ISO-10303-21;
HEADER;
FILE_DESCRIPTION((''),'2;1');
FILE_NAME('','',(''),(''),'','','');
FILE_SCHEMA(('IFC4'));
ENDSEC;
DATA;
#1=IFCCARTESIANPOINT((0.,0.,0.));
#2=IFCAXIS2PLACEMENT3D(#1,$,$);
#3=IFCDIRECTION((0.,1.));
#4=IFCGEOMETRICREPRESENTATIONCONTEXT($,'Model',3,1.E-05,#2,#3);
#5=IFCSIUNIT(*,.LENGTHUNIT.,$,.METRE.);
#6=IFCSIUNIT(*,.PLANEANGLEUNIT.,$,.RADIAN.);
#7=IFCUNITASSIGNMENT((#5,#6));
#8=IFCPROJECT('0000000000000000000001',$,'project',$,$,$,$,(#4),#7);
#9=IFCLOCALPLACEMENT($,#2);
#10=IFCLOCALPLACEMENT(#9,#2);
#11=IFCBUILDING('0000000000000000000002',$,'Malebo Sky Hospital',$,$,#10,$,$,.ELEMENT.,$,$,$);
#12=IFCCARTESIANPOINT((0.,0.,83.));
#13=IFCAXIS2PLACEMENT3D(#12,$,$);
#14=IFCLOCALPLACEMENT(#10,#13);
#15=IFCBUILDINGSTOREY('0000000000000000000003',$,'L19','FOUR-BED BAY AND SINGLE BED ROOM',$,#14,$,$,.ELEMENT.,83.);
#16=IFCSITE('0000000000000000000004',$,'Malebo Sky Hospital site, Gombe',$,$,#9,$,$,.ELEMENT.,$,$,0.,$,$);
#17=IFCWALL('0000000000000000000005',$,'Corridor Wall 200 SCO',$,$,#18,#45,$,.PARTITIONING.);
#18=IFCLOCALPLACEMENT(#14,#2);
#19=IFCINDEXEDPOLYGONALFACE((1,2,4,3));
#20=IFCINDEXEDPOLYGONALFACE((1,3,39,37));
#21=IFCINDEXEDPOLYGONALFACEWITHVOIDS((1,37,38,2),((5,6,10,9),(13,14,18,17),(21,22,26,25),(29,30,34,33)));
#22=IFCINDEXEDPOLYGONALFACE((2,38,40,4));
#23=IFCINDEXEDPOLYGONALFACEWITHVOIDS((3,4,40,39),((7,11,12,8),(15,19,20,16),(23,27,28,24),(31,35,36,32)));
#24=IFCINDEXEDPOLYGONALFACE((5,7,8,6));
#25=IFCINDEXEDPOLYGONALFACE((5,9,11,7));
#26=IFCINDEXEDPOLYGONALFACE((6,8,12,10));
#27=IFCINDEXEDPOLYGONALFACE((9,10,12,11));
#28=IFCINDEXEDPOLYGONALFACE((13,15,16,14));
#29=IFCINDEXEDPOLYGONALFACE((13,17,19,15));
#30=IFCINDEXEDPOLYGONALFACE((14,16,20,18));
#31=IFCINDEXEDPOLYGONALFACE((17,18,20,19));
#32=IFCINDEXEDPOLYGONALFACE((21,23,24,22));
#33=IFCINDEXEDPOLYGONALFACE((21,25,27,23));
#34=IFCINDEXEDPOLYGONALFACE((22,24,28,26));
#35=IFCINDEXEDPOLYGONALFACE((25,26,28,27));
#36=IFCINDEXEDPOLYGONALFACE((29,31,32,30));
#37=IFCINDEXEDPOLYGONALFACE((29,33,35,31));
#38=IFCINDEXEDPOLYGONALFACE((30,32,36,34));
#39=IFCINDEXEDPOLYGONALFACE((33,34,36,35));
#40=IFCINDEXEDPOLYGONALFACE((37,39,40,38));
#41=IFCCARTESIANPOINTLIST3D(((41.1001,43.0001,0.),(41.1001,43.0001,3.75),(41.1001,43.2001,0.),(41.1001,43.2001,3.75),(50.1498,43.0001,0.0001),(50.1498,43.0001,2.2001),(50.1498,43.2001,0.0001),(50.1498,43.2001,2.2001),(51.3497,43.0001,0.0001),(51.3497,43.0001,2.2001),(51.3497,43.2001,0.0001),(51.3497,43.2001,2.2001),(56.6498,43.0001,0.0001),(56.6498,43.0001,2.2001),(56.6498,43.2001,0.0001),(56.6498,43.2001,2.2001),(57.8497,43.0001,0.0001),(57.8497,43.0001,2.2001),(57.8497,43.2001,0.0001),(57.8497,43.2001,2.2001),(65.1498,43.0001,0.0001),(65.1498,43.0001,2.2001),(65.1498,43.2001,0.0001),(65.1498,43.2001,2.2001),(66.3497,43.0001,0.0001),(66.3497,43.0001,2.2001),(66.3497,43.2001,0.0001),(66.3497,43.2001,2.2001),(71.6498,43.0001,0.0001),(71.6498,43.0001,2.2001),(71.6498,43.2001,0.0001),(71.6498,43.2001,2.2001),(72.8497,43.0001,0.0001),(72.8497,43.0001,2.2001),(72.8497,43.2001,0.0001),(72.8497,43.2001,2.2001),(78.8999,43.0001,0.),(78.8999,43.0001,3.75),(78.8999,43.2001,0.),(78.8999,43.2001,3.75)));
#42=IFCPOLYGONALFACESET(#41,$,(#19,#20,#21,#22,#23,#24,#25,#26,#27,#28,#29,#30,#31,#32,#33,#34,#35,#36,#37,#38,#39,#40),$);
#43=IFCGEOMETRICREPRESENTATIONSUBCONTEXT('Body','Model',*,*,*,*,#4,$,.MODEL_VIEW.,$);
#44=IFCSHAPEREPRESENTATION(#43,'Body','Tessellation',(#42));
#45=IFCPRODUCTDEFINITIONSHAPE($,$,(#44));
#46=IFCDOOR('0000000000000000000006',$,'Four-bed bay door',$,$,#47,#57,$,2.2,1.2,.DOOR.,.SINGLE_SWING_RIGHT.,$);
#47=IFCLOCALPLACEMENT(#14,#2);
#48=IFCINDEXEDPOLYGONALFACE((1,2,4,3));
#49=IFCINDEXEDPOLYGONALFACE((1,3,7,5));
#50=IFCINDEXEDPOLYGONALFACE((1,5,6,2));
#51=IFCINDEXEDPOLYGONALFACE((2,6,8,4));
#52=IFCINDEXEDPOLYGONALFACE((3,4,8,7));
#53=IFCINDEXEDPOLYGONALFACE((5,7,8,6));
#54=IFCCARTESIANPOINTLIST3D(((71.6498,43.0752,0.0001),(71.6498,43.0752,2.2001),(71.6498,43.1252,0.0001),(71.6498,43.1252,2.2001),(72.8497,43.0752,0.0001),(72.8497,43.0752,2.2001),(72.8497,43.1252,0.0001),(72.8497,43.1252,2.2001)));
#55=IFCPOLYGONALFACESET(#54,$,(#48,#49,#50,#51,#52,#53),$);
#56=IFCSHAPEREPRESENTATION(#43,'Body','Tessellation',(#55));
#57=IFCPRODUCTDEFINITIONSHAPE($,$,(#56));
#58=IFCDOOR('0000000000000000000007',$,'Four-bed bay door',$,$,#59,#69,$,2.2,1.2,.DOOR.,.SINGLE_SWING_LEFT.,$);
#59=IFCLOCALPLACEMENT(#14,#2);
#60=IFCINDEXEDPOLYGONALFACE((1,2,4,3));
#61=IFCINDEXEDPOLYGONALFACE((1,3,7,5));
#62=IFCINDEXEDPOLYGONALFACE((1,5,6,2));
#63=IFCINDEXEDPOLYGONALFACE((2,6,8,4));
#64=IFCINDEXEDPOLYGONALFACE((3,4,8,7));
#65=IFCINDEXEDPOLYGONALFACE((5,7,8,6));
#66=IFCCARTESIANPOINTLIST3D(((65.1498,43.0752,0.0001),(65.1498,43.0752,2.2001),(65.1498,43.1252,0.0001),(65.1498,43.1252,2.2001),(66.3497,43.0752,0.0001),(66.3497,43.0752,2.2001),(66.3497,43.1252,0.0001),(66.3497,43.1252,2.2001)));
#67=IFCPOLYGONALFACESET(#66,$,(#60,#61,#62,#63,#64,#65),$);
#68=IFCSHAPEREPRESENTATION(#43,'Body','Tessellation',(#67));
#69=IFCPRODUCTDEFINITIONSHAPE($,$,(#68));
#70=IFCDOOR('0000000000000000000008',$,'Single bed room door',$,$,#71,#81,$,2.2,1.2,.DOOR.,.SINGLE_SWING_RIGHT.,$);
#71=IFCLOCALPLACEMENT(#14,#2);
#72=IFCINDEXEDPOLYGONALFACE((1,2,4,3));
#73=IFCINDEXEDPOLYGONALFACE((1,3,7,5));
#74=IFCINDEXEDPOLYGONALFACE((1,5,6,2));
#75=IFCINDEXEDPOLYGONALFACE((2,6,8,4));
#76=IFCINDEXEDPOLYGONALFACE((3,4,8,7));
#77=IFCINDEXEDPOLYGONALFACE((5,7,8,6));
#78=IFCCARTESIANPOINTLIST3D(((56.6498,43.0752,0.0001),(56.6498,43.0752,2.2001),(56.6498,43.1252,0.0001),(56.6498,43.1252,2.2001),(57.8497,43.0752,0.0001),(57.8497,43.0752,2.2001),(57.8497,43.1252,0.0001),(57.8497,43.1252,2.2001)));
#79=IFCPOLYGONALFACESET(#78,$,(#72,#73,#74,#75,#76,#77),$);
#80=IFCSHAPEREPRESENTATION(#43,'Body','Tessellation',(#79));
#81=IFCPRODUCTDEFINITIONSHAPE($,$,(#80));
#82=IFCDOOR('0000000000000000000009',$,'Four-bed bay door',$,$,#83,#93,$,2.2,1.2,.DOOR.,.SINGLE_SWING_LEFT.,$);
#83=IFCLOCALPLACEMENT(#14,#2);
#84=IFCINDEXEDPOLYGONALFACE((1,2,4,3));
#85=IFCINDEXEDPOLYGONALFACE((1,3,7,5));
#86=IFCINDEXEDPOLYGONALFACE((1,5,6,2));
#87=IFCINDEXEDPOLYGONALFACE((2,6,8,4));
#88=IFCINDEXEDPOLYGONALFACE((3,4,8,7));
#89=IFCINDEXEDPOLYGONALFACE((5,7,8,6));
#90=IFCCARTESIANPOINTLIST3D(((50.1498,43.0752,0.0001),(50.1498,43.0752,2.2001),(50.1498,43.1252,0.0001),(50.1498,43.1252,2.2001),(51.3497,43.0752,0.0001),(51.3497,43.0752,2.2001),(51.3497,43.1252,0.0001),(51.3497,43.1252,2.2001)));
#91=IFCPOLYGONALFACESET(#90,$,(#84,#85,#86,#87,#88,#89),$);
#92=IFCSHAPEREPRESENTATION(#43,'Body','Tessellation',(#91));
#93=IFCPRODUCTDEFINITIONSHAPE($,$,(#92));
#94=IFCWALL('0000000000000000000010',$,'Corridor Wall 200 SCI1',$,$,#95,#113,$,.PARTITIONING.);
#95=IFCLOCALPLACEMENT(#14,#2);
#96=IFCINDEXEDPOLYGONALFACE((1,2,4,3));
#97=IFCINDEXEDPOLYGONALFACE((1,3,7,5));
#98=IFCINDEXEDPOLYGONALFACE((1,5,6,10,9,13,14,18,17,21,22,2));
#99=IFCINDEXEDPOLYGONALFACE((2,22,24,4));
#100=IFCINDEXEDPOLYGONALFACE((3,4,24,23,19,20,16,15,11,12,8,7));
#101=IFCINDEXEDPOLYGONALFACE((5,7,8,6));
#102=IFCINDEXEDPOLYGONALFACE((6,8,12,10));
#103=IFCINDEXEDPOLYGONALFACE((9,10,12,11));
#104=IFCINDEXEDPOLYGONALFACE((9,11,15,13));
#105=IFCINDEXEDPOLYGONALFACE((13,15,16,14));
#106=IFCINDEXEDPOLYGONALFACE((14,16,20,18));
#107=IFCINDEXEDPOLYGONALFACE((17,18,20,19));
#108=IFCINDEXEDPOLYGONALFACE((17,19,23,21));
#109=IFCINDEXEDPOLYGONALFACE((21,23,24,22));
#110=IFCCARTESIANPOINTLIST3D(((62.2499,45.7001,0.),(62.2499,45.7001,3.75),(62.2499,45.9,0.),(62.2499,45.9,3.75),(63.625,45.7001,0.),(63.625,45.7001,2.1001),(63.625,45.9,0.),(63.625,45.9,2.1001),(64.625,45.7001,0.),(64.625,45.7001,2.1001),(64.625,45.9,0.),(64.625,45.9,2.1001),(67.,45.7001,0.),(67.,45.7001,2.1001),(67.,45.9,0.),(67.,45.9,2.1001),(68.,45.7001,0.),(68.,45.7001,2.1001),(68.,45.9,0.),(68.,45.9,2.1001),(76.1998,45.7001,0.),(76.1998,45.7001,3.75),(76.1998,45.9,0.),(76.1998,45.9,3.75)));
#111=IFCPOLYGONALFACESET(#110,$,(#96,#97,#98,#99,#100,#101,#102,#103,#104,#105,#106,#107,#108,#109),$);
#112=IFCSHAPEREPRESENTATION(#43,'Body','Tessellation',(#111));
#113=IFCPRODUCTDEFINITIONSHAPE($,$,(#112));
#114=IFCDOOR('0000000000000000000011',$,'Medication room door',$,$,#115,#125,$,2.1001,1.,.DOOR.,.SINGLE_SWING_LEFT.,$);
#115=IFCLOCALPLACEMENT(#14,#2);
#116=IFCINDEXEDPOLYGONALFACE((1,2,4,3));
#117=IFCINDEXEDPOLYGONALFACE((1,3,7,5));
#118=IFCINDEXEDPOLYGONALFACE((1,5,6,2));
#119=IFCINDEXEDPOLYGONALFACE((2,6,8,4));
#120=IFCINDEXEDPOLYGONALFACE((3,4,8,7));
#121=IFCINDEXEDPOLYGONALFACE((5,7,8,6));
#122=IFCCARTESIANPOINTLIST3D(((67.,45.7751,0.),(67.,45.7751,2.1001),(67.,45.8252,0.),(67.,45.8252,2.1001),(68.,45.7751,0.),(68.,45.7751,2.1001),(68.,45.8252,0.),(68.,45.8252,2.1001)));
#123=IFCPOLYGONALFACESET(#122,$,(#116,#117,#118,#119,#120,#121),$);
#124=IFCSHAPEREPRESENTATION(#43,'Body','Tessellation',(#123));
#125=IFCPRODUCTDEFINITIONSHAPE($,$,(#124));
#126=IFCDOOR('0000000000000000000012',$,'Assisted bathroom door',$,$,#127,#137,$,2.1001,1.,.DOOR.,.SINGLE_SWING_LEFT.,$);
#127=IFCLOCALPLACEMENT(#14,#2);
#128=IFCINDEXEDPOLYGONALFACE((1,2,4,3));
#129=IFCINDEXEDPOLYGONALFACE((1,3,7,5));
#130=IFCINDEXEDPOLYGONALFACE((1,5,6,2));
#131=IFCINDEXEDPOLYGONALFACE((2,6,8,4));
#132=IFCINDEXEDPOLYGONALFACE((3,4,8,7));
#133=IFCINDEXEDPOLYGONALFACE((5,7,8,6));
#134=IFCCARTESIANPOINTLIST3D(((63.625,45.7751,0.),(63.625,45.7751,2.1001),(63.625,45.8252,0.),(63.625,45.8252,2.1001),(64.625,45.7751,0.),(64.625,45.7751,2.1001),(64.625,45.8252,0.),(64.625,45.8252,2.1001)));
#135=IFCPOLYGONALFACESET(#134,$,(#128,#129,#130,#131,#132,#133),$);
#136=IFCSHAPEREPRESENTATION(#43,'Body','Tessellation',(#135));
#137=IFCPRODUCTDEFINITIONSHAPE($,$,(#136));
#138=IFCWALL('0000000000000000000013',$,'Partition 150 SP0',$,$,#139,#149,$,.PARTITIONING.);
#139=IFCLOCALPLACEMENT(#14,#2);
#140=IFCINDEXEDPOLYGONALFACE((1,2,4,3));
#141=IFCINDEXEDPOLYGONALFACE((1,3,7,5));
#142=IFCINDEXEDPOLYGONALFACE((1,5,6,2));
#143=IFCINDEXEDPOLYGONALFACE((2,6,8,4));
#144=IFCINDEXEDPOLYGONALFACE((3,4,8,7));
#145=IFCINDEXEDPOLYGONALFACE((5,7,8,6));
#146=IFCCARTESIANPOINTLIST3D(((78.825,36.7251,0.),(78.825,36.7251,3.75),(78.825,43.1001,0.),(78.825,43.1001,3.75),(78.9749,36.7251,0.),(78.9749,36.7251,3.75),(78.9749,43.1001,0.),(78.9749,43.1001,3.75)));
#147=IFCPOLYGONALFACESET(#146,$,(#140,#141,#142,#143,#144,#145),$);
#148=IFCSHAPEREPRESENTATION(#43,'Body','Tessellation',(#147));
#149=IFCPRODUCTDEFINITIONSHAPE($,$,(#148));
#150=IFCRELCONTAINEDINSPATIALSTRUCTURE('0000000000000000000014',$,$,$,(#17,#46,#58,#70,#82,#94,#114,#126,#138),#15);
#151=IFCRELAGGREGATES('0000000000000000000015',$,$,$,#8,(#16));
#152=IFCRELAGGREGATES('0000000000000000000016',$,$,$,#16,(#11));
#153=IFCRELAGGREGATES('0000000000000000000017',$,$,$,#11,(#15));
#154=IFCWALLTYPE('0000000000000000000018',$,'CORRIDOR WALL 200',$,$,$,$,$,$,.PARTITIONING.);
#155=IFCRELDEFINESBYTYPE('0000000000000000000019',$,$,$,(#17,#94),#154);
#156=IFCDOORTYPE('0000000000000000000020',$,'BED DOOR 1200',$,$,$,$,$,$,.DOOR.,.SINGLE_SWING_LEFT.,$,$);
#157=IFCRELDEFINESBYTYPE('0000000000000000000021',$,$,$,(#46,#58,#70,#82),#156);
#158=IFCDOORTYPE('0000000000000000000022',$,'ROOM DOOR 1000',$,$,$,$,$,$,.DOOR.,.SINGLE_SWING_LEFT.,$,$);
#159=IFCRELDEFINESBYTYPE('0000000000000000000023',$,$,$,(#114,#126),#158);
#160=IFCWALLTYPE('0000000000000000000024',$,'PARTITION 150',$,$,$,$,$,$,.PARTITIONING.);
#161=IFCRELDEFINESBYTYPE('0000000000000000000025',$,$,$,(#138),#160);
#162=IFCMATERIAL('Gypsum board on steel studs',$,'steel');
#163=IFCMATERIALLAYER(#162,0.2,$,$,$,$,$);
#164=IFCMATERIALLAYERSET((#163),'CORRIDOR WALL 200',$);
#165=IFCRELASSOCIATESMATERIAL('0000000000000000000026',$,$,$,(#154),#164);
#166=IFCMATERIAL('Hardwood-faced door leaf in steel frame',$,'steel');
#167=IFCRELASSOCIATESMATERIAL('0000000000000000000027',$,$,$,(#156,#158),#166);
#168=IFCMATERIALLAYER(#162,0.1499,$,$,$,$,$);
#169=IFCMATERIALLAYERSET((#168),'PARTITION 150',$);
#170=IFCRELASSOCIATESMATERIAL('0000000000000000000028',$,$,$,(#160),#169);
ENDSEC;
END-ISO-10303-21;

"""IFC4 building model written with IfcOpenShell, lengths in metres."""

from ifc_helpers import new_model, si_unit, direction, frame, frame_2d, origin, place, context, subcontext, project, spatial, rectangle, extrude, material, layer, layer_set, type_object, element, fill, save


model = new_model("IFC4")

# Units and contexts
model_context = context("Model", 3, precision=1e-05, world=origin(), true_north=direction((0.0, 1.0)))
body_context = subcontext(model_context, "Body", "Model", "MODEL_VIEW")
ifc_project = project(units=[si_unit("LENGTHUNIT", "METRE"), si_unit("PLANEANGLEUNIT", "RADIAN")], contexts=[model_context])

# Site, building, storey
site_placement = place(None, origin())
site = spatial("IfcSite", under=ifc_project, at=site_placement, Name="Malebo Sky Hospital site, Gombe", CompositionType="ELEMENT", RefElevation=0.0)
building_placement = place(site_placement, origin())
building = spatial("IfcBuilding", under=site, at=building_placement, Name="Malebo Sky Hospital", CompositionType="ELEMENT")
storey_placement = place(building_placement, frame((0.0, 0.0, 83.0)))
storey = spatial("IfcBuildingStorey", under=building, at=storey_placement, Name="L19", Description="FOUR-BED BAY AND SINGLE BED ROOM", CompositionType="ELEMENT", Elevation=83.0)

# Walls, openings, doors
ifc_material_1 = material(Name="Gypsum board on steel studs", Category="steel")
ifc_layer_1 = layer(ifc_material_1, 0.2)
ifc_layer_set_1 = layer_set([ifc_layer_1], Name="CORRIDOR WALL 200")
wall_type_1 = type_object("IfcWallType", Name="CORRIDOR WALL 200", PredefinedType="PARTITIONING", material=ifc_layer_set_1)
wall_1_placement = place(storey_placement, frame((78.8999, 43.1001, 0.0), z_axis=(0.0, 0.0, 1.0), x_axis=(-1.0, 0.0, 0.0)))
wall_1 = element("IfcWall", 1, at=wall_1_placement, inside=storey, type_object=wall_type_1, Name="Corridor Wall 200 SCO", PredefinedType="PARTITIONING", context=body_context, shape_type="SweptSolid", body=[
    extrude(rectangle(XDim=37.7998, YDim=0.2, at=frame_2d((18.8999, 0.0))), origin(), (0.0, 0.0, 1.0), 3.75),
])
opening_1_placement = place(wall_1_placement, frame((6.05, 0.0, 0.0)))
opening_1 = element("IfcOpeningElement", 2, at=opening_1_placement, cuts=wall_1, PredefinedType="OPENING", context=body_context, shape_type="SweptSolid", body=[
    extrude(rectangle(XDim=1.2, YDim=2.2, at=frame_2d((0.6001, 1.1001))), frame((0.0, 0.1099, 0.0), z_axis=(0.0, -1.0, 0.0), x_axis=(1.0, 0.0, 0.0)), (0.0, 0.0, 1.0), 0.22),
])
opening_2_placement = place(wall_1_placement, frame((12.55, 0.0, 0.0)))
opening_2 = element("IfcOpeningElement", 3, at=opening_2_placement, cuts=wall_1, PredefinedType="OPENING", context=body_context, shape_type="SweptSolid", body=[
    extrude(rectangle(XDim=1.2, YDim=2.2, at=frame_2d((0.6001, 1.1001))), frame((0.0, 0.1099, 0.0), z_axis=(0.0, -1.0, 0.0), x_axis=(1.0, 0.0, 0.0)), (0.0, 0.0, 1.0), 0.22),
])
opening_3_placement = place(wall_1_placement, frame((21.05, 0.0, 0.0)))
opening_3 = element("IfcOpeningElement", 4, at=opening_3_placement, cuts=wall_1, PredefinedType="OPENING", context=body_context, shape_type="SweptSolid", body=[
    extrude(rectangle(XDim=1.2, YDim=2.2, at=frame_2d((0.6001, 1.1001))), frame((0.0, 0.1099, 0.0), z_axis=(0.0, -1.0, 0.0), x_axis=(1.0, 0.0, 0.0)), (0.0, 0.0, 1.0), 0.22),
])
opening_4_placement = place(wall_1_placement, frame((27.55, 0.0, 0.0)))
opening_4 = element("IfcOpeningElement", 5, at=opening_4_placement, cuts=wall_1, PredefinedType="OPENING", context=body_context, shape_type="SweptSolid", body=[
    extrude(rectangle(XDim=1.2, YDim=2.2, at=frame_2d((0.6001, 1.1001))), frame((0.0, 0.1099, 0.0), z_axis=(0.0, -1.0, 0.0), x_axis=(1.0, 0.0, 0.0)), (0.0, 0.0, 1.0), 0.22),
])
ifc_material_2 = material(Name="Hardwood-faced door leaf in steel frame", Category="steel")
door_type_1 = type_object("IfcDoorType", Name="BED DOOR 1200", OperationType="SINGLE_SWING_LEFT", PredefinedType="DOOR", material=ifc_material_2)
door_1_placement = place(opening_1_placement, origin())
door_1 = element("IfcDoor", 6, at=door_1_placement, inside=storey, type_object=door_type_1, Name="Four-bed bay door", OperationType="SINGLE_SWING_RIGHT", OverallHeight=2.2, OverallWidth=1.2, PredefinedType="DOOR", context=body_context, shape_type="SweptSolid", body=[
    extrude(rectangle(XDim=1.2, YDim=2.2, at=frame_2d((0.6001, 1.1001))), frame((0.0, 0.0249, 0.0), z_axis=(0.0, -1.0, 0.0), x_axis=(1.0, 0.0, 0.0)), (0.0, 0.0, 1.0), 0.05),
])
fill(opening_1, door_1)
door_2_placement = place(opening_2_placement, origin())
door_2 = element("IfcDoor", 7, at=door_2_placement, inside=storey, type_object=door_type_1, Name="Four-bed bay door", OperationType="SINGLE_SWING_LEFT", OverallHeight=2.2, OverallWidth=1.2, PredefinedType="DOOR", context=body_context, shape_type="SweptSolid", body=[
    extrude(rectangle(XDim=1.2, YDim=2.2, at=frame_2d((0.6001, 1.1001))), frame((0.0, 0.0249, 0.0), z_axis=(0.0, -1.0, 0.0), x_axis=(1.0, 0.0, 0.0)), (0.0, 0.0, 1.0), 0.05),
])
fill(opening_2, door_2)
door_3_placement = place(opening_3_placement, origin())
door_3 = element("IfcDoor", 8, at=door_3_placement, inside=storey, type_object=door_type_1, Name="Single bed room door", OperationType="SINGLE_SWING_RIGHT", OverallHeight=2.2, OverallWidth=1.2, PredefinedType="DOOR", context=body_context, shape_type="SweptSolid", body=[
    extrude(rectangle(XDim=1.2, YDim=2.2, at=frame_2d((0.6001, 1.1001))), frame((0.0, 0.0249, 0.0), z_axis=(0.0, -1.0, 0.0), x_axis=(1.0, 0.0, 0.0)), (0.0, 0.0, 1.0), 0.05),
])
fill(opening_3, door_3)
door_4_placement = place(opening_4_placement, origin())
door_4 = element("IfcDoor", 9, at=door_4_placement, inside=storey, type_object=door_type_1, Name="Four-bed bay door", OperationType="SINGLE_SWING_LEFT", OverallHeight=2.2, OverallWidth=1.2, PredefinedType="DOOR", context=body_context, shape_type="SweptSolid", body=[
    extrude(rectangle(XDim=1.2, YDim=2.2, at=frame_2d((0.6001, 1.1001))), frame((0.0, 0.0249, 0.0), z_axis=(0.0, -1.0, 0.0), x_axis=(1.0, 0.0, 0.0)), (0.0, 0.0, 1.0), 0.05),
])
fill(opening_4, door_4)
wall_2_placement = place(storey_placement, frame((76.2, 45.8, 0.0), z_axis=(0.0, 0.0, 1.0), x_axis=(-1.0, 0.0, 0.0)))
wall_2 = element("IfcWall", 10, at=wall_2_placement, inside=storey, type_object=wall_type_1, Name="Corridor Wall 200 SCI1", PredefinedType="PARTITIONING", context=body_context, shape_type="SweptSolid", body=[
    extrude(rectangle(XDim=13.95, YDim=0.2, at=frame_2d((6.9751, 0.0))), origin(), (0.0, 0.0, 1.0), 3.75),
])
opening_5_placement = place(wall_2_placement, frame((8.2, 0.0, 0.0)))
opening_5 = element("IfcOpeningElement", 11, at=opening_5_placement, cuts=wall_2, PredefinedType="OPENING", context=body_context, shape_type="SweptSolid", body=[
    extrude(rectangle(XDim=1.0, YDim=2.1001, at=frame_2d((0.5, 1.05))), frame((0.0, 0.1099, 0.0), z_axis=(0.0, -1.0, 0.0), x_axis=(1.0, 0.0, 0.0)), (0.0, 0.0, 1.0), 0.22),
])
opening_6_placement = place(wall_2_placement, frame((11.575, 0.0, 0.0)))
opening_6 = element("IfcOpeningElement", 12, at=opening_6_placement, cuts=wall_2, PredefinedType="OPENING", context=body_context, shape_type="SweptSolid", body=[
    extrude(rectangle(XDim=1.0, YDim=2.1001, at=frame_2d((0.5, 1.05))), frame((0.0, 0.1099, 0.0), z_axis=(0.0, -1.0, 0.0), x_axis=(1.0, 0.0, 0.0)), (0.0, 0.0, 1.0), 0.22),
])
door_type_2 = type_object("IfcDoorType", Name="ROOM DOOR 1000", OperationType="SINGLE_SWING_LEFT", PredefinedType="DOOR", material=ifc_material_2)
door_5_placement = place(opening_5_placement, origin())
door_5 = element("IfcDoor", 13, at=door_5_placement, inside=storey, type_object=door_type_2, Name="Medication room door", OperationType="SINGLE_SWING_LEFT", OverallHeight=2.1001, OverallWidth=1.0, PredefinedType="DOOR", context=body_context, shape_type="SweptSolid", body=[
    extrude(rectangle(XDim=1.0, YDim=2.1001, at=frame_2d((0.5, 1.05))), frame((0.0, 0.0249, 0.0), z_axis=(0.0, -1.0, 0.0), x_axis=(1.0, 0.0, 0.0)), (0.0, 0.0, 1.0), 0.05),
])
fill(opening_5, door_5)
door_6_placement = place(opening_6_placement, origin())
door_6 = element("IfcDoor", 14, at=door_6_placement, inside=storey, type_object=door_type_2, Name="Assisted bathroom door", OperationType="SINGLE_SWING_LEFT", OverallHeight=2.1001, OverallWidth=1.0, PredefinedType="DOOR", context=body_context, shape_type="SweptSolid", body=[
    extrude(rectangle(XDim=1.0, YDim=2.1001, at=frame_2d((0.5, 1.05))), frame((0.0, 0.0249, 0.0), z_axis=(0.0, -1.0, 0.0), x_axis=(1.0, 0.0, 0.0)), (0.0, 0.0, 1.0), 0.05),
])
fill(opening_6, door_6)

# Wall
ifc_layer_2 = layer(ifc_material_1, 0.1499)
ifc_layer_set_2 = layer_set([ifc_layer_2], Name="PARTITION 150")
wall_type_2 = type_object("IfcWallType", Name="PARTITION 150", PredefinedType="PARTITIONING", material=ifc_layer_set_2)
wall_3_placement = place(storey_placement, frame((78.8999, 43.1001, 0.0), z_axis=(0.0, 0.0, 1.0), x_axis=(0.0, -1.0, 0.0)))
element("IfcWall", 15, at=wall_3_placement, inside=storey, type_object=wall_type_2, Name="Partition 150 SP0", PredefinedType="PARTITIONING", context=body_context, shape_type="SweptSolid", body=[
    extrude(rectangle(XDim=6.375, YDim=0.1499, at=frame_2d((3.1875, 0.0))), origin(), (0.0, 0.0, 1.0), 3.75),
])

save(model, "model.ifc")
